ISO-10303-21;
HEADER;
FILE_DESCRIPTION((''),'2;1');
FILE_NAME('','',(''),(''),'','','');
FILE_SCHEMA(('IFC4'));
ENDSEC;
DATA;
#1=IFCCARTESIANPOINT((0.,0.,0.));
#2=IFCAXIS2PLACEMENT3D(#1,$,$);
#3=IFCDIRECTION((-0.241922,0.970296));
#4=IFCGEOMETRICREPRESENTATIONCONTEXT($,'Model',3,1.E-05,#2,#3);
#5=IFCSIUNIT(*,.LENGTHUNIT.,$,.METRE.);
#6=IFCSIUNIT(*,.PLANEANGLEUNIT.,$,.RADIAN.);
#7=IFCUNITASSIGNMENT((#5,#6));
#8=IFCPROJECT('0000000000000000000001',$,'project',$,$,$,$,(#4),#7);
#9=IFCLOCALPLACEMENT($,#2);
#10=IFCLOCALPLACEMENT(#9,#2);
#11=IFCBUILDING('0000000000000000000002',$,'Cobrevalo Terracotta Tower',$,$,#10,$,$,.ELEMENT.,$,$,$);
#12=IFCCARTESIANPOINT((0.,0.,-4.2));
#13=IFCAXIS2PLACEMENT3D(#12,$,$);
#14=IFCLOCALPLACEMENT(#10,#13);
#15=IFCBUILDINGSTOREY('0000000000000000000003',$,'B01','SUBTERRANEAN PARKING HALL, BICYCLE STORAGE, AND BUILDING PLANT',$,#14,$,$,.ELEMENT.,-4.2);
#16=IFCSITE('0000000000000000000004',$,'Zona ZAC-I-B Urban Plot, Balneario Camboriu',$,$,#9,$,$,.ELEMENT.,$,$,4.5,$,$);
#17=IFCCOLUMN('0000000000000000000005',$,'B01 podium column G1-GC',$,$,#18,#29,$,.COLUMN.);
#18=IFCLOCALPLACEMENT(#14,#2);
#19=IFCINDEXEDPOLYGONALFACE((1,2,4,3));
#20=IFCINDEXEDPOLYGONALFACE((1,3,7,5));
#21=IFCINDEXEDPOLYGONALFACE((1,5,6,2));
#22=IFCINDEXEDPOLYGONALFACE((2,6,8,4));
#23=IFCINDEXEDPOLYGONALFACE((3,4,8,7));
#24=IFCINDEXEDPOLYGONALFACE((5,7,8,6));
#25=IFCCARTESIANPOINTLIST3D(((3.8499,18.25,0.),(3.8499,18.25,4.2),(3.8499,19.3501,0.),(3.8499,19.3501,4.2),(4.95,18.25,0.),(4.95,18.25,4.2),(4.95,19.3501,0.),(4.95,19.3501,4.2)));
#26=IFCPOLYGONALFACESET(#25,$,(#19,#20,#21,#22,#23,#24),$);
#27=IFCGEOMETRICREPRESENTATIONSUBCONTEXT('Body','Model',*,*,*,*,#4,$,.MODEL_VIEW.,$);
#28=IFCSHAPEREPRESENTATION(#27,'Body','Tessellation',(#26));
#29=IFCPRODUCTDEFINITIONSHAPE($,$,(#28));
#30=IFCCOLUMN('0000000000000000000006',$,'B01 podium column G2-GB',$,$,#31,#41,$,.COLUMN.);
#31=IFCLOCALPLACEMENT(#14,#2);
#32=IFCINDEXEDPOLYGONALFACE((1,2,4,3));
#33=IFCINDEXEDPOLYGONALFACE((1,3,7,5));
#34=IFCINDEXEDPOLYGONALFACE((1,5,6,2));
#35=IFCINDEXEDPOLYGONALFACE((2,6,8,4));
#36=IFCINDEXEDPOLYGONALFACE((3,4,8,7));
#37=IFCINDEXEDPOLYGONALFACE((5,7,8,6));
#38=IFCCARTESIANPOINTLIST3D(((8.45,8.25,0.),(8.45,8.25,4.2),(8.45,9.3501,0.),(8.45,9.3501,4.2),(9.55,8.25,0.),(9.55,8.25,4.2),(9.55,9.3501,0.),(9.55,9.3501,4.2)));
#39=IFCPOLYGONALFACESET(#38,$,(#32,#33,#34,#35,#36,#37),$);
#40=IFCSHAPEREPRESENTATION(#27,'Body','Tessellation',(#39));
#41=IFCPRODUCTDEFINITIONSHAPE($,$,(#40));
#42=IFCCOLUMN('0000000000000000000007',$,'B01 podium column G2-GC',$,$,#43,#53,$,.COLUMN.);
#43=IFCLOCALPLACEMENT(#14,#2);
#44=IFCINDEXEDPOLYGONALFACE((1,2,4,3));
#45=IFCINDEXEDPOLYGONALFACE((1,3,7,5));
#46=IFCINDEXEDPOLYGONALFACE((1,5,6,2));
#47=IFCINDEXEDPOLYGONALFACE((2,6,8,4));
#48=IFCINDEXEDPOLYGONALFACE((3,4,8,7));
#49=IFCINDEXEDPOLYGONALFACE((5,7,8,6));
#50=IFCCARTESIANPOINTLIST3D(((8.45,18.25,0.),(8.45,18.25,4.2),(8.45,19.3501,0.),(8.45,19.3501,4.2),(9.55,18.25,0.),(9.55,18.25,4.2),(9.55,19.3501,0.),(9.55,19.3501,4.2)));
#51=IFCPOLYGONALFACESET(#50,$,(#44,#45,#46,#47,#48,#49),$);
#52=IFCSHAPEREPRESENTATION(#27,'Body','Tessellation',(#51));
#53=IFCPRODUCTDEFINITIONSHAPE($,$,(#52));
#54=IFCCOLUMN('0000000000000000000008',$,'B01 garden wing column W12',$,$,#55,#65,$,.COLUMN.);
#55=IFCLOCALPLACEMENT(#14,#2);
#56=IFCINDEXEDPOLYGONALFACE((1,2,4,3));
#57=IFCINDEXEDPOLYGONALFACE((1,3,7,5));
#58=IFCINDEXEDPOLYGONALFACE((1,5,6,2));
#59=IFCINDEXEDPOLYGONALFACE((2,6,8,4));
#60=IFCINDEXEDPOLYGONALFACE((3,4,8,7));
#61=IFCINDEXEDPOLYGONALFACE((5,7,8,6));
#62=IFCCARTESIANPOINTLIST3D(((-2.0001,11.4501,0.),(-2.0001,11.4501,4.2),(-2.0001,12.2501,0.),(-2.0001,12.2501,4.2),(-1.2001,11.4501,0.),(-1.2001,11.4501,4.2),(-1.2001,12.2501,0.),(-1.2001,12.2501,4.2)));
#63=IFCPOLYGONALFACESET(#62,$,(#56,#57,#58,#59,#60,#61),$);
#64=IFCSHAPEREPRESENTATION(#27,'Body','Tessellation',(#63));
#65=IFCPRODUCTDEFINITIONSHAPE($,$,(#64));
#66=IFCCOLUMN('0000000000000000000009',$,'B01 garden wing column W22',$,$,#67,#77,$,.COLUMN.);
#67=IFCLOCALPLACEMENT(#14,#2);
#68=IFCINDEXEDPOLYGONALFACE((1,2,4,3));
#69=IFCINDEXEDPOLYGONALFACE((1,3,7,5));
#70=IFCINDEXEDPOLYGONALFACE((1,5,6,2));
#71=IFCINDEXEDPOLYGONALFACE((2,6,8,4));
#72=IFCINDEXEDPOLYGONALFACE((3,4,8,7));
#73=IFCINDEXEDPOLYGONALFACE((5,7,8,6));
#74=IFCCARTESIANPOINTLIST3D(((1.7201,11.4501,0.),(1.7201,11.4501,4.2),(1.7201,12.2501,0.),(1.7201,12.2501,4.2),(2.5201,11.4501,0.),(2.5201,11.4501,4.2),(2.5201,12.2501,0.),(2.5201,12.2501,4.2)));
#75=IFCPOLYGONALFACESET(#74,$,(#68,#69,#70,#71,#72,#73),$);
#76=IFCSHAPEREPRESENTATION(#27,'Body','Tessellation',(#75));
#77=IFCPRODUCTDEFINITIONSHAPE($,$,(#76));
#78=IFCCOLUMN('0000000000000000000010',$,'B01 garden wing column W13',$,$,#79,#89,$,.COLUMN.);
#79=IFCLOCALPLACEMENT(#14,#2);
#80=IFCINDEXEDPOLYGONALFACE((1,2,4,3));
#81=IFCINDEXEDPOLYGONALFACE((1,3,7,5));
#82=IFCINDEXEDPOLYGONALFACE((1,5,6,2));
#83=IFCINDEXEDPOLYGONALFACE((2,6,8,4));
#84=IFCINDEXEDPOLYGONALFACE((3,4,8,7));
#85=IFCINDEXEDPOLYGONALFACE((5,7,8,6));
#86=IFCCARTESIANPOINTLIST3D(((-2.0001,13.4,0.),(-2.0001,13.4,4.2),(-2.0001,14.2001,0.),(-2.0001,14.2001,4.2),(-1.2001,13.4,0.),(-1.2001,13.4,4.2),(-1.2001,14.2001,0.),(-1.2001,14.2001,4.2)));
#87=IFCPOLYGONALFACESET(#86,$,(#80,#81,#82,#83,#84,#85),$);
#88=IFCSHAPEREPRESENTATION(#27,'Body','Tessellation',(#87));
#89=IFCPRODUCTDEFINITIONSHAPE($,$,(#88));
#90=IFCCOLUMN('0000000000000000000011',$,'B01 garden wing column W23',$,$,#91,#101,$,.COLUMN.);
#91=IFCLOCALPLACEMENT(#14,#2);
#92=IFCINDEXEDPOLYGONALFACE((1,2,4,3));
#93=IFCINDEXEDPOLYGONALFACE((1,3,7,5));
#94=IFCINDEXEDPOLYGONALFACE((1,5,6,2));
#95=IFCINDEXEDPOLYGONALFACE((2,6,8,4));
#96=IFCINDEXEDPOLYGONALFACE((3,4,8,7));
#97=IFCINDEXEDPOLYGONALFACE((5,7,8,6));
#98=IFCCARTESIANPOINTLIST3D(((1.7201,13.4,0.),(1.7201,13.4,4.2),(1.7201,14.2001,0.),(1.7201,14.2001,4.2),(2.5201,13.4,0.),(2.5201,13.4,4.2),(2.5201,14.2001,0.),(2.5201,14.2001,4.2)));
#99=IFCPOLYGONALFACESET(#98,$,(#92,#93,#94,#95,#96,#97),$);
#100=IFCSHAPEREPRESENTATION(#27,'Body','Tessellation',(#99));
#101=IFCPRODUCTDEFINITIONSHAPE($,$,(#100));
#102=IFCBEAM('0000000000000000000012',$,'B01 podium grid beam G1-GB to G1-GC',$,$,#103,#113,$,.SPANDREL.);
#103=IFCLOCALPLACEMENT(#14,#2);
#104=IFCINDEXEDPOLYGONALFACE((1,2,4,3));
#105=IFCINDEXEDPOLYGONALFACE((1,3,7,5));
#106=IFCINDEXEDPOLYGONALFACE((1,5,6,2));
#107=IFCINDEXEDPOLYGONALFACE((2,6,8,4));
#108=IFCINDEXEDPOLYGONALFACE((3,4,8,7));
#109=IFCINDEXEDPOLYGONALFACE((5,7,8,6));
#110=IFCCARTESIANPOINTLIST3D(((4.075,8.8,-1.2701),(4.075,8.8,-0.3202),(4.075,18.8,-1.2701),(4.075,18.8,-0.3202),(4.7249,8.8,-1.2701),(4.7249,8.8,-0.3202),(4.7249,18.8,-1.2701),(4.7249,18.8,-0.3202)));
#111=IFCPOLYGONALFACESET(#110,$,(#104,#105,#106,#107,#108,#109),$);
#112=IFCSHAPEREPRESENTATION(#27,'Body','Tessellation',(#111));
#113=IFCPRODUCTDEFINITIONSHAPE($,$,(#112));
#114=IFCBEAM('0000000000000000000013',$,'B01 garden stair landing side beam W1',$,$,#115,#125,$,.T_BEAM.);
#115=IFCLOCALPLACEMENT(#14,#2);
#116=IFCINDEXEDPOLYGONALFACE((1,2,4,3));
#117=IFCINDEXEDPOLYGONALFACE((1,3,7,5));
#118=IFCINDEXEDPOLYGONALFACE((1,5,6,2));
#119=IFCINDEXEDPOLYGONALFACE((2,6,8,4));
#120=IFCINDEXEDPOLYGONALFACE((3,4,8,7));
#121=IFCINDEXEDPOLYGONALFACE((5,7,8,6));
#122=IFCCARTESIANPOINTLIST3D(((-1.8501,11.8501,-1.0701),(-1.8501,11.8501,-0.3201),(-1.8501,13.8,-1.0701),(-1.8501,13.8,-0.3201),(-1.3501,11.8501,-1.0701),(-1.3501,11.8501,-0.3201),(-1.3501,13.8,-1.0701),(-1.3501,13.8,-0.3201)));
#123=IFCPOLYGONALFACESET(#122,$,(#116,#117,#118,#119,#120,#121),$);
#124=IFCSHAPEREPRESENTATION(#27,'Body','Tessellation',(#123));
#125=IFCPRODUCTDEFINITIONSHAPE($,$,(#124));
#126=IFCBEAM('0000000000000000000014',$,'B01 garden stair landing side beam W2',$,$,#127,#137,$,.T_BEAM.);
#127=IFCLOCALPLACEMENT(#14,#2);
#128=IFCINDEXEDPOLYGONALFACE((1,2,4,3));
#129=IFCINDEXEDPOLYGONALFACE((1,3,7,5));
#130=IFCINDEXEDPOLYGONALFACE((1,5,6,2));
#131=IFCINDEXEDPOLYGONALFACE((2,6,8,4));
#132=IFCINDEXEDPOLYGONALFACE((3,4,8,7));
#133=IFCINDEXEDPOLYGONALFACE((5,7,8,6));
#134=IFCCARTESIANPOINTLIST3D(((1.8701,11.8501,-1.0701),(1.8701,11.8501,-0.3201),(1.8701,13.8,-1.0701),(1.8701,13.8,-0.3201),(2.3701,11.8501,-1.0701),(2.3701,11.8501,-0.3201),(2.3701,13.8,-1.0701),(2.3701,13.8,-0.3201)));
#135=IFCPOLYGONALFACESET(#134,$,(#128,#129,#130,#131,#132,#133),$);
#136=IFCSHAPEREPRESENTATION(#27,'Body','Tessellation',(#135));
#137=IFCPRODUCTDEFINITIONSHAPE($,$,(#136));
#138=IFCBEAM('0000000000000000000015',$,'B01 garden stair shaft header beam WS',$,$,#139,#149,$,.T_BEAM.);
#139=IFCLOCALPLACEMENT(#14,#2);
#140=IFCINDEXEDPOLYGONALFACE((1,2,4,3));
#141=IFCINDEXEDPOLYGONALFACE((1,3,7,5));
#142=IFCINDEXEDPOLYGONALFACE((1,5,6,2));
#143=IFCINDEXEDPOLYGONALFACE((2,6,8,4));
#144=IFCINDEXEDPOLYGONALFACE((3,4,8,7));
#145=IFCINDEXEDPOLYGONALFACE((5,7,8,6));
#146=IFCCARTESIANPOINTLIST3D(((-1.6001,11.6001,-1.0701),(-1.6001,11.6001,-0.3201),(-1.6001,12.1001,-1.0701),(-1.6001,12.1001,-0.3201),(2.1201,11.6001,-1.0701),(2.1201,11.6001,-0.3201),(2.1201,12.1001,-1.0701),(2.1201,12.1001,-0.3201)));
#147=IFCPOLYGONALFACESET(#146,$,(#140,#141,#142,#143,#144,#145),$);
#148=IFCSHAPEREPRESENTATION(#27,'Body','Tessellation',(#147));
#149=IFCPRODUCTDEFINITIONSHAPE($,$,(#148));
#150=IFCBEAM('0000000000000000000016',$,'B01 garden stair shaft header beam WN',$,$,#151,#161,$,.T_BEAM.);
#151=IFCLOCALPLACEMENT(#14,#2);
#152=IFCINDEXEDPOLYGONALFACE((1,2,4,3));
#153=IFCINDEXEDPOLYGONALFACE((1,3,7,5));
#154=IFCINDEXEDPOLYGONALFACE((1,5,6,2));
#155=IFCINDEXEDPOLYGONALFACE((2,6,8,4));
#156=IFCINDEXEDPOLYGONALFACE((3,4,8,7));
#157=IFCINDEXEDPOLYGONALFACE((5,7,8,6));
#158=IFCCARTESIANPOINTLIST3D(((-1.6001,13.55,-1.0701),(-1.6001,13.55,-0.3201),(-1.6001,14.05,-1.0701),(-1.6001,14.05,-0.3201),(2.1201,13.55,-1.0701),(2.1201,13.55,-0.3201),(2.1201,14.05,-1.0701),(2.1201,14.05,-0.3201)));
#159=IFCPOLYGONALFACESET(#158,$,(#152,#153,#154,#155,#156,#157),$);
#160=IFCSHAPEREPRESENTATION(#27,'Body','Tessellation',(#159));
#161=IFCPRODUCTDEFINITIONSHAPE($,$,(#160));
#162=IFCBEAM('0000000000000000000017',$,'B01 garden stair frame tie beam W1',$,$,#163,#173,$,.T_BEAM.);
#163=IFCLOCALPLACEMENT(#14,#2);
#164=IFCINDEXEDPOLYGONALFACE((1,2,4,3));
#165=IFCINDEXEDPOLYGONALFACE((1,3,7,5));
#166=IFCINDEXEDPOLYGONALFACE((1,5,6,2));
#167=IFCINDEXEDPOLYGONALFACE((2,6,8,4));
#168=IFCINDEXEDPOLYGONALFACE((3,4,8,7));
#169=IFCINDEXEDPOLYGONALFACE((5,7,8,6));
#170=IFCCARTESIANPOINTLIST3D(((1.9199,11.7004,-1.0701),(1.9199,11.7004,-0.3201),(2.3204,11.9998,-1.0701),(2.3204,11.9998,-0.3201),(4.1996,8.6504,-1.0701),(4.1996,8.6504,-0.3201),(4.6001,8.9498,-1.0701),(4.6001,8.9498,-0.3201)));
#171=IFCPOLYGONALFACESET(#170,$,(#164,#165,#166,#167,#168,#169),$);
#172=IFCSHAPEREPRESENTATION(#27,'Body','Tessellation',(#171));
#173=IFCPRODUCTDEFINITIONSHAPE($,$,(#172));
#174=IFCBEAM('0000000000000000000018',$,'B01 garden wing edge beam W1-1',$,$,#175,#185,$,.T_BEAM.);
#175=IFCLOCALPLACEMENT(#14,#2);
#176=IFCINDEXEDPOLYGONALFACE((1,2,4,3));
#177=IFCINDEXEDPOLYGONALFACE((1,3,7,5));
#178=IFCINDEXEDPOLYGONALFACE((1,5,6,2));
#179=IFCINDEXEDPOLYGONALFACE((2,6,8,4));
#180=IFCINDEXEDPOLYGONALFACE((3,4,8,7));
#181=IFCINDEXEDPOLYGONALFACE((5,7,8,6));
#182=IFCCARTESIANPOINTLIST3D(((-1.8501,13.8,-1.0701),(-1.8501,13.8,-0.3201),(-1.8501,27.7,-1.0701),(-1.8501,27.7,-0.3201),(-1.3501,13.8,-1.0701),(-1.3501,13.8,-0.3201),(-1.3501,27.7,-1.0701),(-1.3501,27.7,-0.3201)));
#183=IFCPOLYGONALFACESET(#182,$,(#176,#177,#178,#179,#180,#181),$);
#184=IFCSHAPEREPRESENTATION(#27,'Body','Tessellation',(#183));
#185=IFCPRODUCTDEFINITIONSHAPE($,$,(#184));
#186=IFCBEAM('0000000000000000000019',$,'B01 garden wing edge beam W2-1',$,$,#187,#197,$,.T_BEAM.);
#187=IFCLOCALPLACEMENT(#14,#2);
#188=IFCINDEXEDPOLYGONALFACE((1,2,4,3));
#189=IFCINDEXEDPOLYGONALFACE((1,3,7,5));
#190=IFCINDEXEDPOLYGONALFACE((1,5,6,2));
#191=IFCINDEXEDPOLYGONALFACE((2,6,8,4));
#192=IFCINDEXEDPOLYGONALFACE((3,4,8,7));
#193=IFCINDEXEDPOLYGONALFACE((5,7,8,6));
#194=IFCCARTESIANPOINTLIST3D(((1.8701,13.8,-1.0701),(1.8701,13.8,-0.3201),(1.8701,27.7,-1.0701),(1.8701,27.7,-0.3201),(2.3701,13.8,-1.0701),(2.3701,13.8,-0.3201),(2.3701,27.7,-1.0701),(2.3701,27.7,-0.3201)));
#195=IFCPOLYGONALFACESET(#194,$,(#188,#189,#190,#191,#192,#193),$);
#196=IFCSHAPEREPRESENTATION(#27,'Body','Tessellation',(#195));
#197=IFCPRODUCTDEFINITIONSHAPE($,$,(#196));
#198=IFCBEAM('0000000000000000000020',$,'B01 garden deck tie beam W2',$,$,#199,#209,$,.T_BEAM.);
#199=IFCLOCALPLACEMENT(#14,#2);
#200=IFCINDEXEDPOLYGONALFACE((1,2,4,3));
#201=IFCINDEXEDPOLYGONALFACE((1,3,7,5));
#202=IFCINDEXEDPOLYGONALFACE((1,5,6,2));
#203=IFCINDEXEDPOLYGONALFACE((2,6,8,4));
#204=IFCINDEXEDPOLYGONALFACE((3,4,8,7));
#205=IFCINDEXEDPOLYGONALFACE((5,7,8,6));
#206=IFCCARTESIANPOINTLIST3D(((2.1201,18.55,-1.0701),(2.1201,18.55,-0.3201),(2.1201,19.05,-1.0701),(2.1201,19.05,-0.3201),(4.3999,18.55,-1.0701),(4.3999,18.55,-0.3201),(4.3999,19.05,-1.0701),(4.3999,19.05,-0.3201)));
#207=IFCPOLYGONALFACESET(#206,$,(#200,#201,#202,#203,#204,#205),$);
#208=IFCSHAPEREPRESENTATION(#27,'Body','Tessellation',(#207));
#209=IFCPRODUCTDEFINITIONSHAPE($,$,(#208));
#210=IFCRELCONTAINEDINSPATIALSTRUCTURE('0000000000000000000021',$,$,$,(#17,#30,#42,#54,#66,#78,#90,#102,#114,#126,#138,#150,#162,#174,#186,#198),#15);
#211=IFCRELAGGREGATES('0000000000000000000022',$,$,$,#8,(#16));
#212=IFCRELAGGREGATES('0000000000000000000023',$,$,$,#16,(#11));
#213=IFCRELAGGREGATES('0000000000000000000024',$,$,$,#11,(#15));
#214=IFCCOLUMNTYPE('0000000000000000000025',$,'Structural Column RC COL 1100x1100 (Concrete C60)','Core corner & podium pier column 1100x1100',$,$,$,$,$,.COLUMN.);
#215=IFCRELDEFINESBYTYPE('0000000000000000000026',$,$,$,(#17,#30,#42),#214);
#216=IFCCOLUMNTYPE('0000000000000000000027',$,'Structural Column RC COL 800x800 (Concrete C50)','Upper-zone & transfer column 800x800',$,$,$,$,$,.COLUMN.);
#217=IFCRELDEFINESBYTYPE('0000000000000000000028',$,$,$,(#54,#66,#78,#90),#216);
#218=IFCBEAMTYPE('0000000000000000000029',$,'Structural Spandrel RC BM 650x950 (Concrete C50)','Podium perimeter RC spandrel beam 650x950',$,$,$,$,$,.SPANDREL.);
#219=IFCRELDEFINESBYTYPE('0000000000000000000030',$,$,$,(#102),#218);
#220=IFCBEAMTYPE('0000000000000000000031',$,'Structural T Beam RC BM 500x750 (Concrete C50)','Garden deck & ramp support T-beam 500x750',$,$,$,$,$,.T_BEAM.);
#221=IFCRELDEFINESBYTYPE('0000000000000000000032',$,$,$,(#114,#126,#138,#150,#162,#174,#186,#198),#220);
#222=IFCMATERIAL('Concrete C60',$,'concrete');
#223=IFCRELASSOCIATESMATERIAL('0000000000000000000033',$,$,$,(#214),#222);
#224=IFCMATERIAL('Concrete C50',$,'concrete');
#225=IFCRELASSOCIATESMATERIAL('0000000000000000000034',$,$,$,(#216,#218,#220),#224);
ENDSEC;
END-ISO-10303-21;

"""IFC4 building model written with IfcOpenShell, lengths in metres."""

from ifc_helpers import new_model, si_unit, direction, frame, origin, origin_2d, place, context, subcontext, project, spatial, rectangle, extrude, material, material_profile, profile_set, type_object, element, save


model = new_model("IFC4")

# Units and contexts
model_context = context("Model", 3, precision=1e-05, world=origin(), true_north=direction((-0.241922, 0.970296)))
body_context = subcontext(model_context, "Body", "Model", "MODEL_VIEW")
ifc_project = project(units=[si_unit("LENGTHUNIT", "METRE"), si_unit("PLANEANGLEUNIT", "RADIAN")], contexts=[model_context])

# Site, building, storey
site_placement = place(None, origin())
site = spatial("IfcSite", under=ifc_project, at=site_placement, Name="Zona ZAC-I-B Urban Plot, Balneario Camboriu", CompositionType="ELEMENT", RefElevation=4.5)
building_placement = place(site_placement, origin())
building = spatial("IfcBuilding", under=site, at=building_placement, Name="Cobrevalo Terracotta Tower", CompositionType="ELEMENT")
storey_placement = place(building_placement, frame((0.0, 0.0, -4.2)))
storey = spatial("IfcBuildingStorey", under=building, at=storey_placement, Name="B01", Description="SUBTERRANEAN PARKING HALL, BICYCLE STORAGE, AND BUILDING PLANT", CompositionType="ELEMENT", Elevation=-4.2)

# Columns
ifc_material_1 = material(Name="Concrete C60", Category="concrete")
ifc_material_profile_1 = material_profile(ifc_material_1, rectangle(XDim=1.1001, YDim=1.1001, at=origin_2d()), Name="RC COL 1100x1100")
ifc_profile_set_1 = profile_set([ifc_material_profile_1], Name="Concrete C60")
column_type_1 = type_object("IfcColumnType", Name="Structural Column RC COL 1100x1100 (Concrete C60)", Description="Core corner & podium pier column 1100x1100", PredefinedType="COLUMN", material=ifc_profile_set_1)
for number, where, z_axis, x_axis, name in (
    (1, (4.3999, 18.8, 0.0), (0.0, 0.0, 1.0), (1.0, 0.0, 0.0), "B01 podium column G1-GC"),
    (2, (9.0, 8.8, 0.0), (0.0, 0.0, 1.0), (1.0, 0.0, 0.0), "B01 podium column G2-GB"),
    (3, (9.0, 18.8, 0.0), (0.0, 0.0, 1.0), (1.0, 0.0, 0.0), "B01 podium column G2-GC"),
):
    element("IfcColumn", number, at=place(storey_placement, frame(where, z_axis=z_axis, x_axis=x_axis)), inside=storey, type_object=column_type_1, Name=name, PredefinedType="COLUMN", context=body_context, shape_type="SweptSolid", body=[
        extrude(rectangle(XDim=1.1001, YDim=1.1001, at=origin_2d()), origin(), (0.0, 0.0, 1.0), 4.2),
    ])
ifc_material_2 = material(Name="Concrete C50", Category="concrete")
ifc_material_profile_2 = material_profile(ifc_material_2, rectangle(XDim=0.8, YDim=0.8, at=origin_2d()), Name="RC COL 800x800")
ifc_profile_set_2 = profile_set([ifc_material_profile_2], Name="Concrete C50")
column_type_2 = type_object("IfcColumnType", Name="Structural Column RC COL 800x800 (Concrete C50)", Description="Upper-zone & transfer column 800x800", PredefinedType="COLUMN", material=ifc_profile_set_2)
for number, where, z_axis, x_axis, name in (
    (4, (-1.6001, 11.8501, 0.0), (0.0, 0.0, 1.0), (1.0, 0.0, 0.0), "B01 garden wing column W12"),
    (5, (2.1201, 11.8501, 0.0), (0.0, 0.0, 1.0), (1.0, 0.0, 0.0), "B01 garden wing column W22"),
    (6, (-1.6001, 13.8, 0.0), (0.0, 0.0, 1.0), (1.0, 0.0, 0.0), "B01 garden wing column W13"),
    (7, (2.1201, 13.8, 0.0), (0.0, 0.0, 1.0), (1.0, 0.0, 0.0), "B01 garden wing column W23"),
):
    element("IfcColumn", number, at=place(storey_placement, frame(where, z_axis=z_axis, x_axis=x_axis)), inside=storey, type_object=column_type_2, Name=name, PredefinedType="COLUMN", context=body_context, shape_type="SweptSolid", body=[
        extrude(rectangle(XDim=0.8, YDim=0.8, at=origin_2d()), origin(), (0.0, 0.0, 1.0), 4.2),
    ])

# Beams
ifc_material_profile_3 = material_profile(ifc_material_2, rectangle(XDim=0.6499, YDim=0.95, at=origin_2d()), Name="RC BM 650x950")
ifc_profile_set_3 = profile_set([ifc_material_profile_3], Name="Concrete C50")
beam_type_1 = type_object("IfcBeamType", Name="Structural Spandrel RC BM 650x950 (Concrete C50)", Description="Podium perimeter RC spandrel beam 650x950", PredefinedType="SPANDREL", material=ifc_profile_set_3)
beam_1_placement = place(storey_placement, frame((4.3999, 8.8, -0.7952), z_axis=(0.0, 1.0, 0.0), x_axis=(-1.0, 0.0, 0.0)))
element("IfcBeam", 8, at=beam_1_placement, inside=storey, type_object=beam_type_1, Name="B01 podium grid beam G1-GB to G1-GC", PredefinedType="SPANDREL", context=body_context, shape_type="SweptSolid", body=[
    extrude(rectangle(XDim=0.6499, YDim=0.95, at=origin_2d()), origin(), (0.0, 0.0, 1.0), 10.0),
])
ifc_material_profile_4 = material_profile(ifc_material_2, rectangle(XDim=0.5, YDim=0.75, at=origin_2d()), Name="RC BM 500x750")
ifc_profile_set_4 = profile_set([ifc_material_profile_4], Name="Concrete C50")
beam_type_2 = type_object("IfcBeamType", Name="Structural T Beam RC BM 500x750 (Concrete C50)", Description="Garden deck & ramp support T-beam 500x750", PredefinedType="T_BEAM", material=ifc_profile_set_4)
for number, where, z_axis, x_axis, name in (
    (9, (-1.6001, 11.8501, -0.6951), (0.0, 1.0, 0.0), (-1.0, 0.0, 0.0), "B01 garden stair landing side beam W1"),
    (10, (2.1201, 11.8501, -0.6951), (0.0, 1.0, 0.0), (-1.0, 0.0, 0.0), "B01 garden stair landing side beam W2"),
):
    element("IfcBeam", number, at=place(storey_placement, frame(where, z_axis=z_axis, x_axis=x_axis)), inside=storey, type_object=beam_type_2, Name=name, PredefinedType="T_BEAM", context=body_context, shape_type="SweptSolid", body=[
        extrude(rectangle(XDim=0.5, YDim=0.75, at=origin_2d()), origin(), (0.0, 0.0, 1.0), 1.95),
    ])
for number, where, z_axis, x_axis, name in (
    (11, (-1.6001, 11.8501, -0.6951), (1.0, 0.0, 0.0), (0.0, 1.0, 0.0), "B01 garden stair shaft header beam WS"),
    (12, (-1.6001, 13.8, -0.6951), (1.0, 0.0, 0.0), (0.0, 1.0, 0.0), "B01 garden stair shaft header beam WN"),
):
    element("IfcBeam", number, at=place(storey_placement, frame(where, z_axis=z_axis, x_axis=x_axis)), inside=storey, type_object=beam_type_2, Name=name, PredefinedType="T_BEAM", context=body_context, shape_type="SweptSolid", body=[
        extrude(rectangle(XDim=0.5, YDim=0.75, at=origin_2d()), origin(), (0.0, 0.0, 1.0), 3.7202),
    ])
beam_2_placement = place(storey_placement, frame((2.1201, 11.8501, -0.6951), z_axis=(0.598696, -0.800976, 0.0), x_axis=(0.800976, 0.598696, 0.0)))
element("IfcBeam", 13, at=beam_2_placement, inside=storey, type_object=beam_type_2, Name="B01 garden stair frame tie beam W1", PredefinedType="T_BEAM", context=body_context, shape_type="SweptSolid", body=[
    extrude(rectangle(XDim=0.5, YDim=0.75, at=origin_2d()), origin(), (0.0, 0.0, 1.0), 3.8079),
])
for number, where, z_axis, x_axis, name in (
    (14, (-1.6001, 13.8, -0.6951), (0.0, 1.0, 0.0), (-1.0, 0.0, 0.0), "B01 garden wing edge beam W1-1"),
    (15, (2.1201, 13.8, -0.6951), (0.0, 1.0, 0.0), (-1.0, 0.0, 0.0), "B01 garden wing edge beam W2-1"),
):
    element("IfcBeam", number, at=place(storey_placement, frame(where, z_axis=z_axis, x_axis=x_axis)), inside=storey, type_object=beam_type_2, Name=name, PredefinedType="T_BEAM", context=body_context, shape_type="SweptSolid", body=[
        extrude(rectangle(XDim=0.5, YDim=0.75, at=origin_2d()), origin(), (0.0, 0.0, 1.0), 13.8999),
    ])
beam_3_placement = place(storey_placement, frame((4.3999, 18.8, -0.6951), z_axis=(-1.0, 0.0, 0.0), x_axis=(0.0, -1.0, 0.0)))
element("IfcBeam", 16, at=beam_3_placement, inside=storey, type_object=beam_type_2, Name="B01 garden deck tie beam W2", PredefinedType="T_BEAM", context=body_context, shape_type="SweptSolid", body=[
    extrude(rectangle(XDim=0.5, YDim=0.75, at=origin_2d()), origin(), (0.0, 0.0, 1.0), 2.2798),
])

save(model, "model.ifc")
